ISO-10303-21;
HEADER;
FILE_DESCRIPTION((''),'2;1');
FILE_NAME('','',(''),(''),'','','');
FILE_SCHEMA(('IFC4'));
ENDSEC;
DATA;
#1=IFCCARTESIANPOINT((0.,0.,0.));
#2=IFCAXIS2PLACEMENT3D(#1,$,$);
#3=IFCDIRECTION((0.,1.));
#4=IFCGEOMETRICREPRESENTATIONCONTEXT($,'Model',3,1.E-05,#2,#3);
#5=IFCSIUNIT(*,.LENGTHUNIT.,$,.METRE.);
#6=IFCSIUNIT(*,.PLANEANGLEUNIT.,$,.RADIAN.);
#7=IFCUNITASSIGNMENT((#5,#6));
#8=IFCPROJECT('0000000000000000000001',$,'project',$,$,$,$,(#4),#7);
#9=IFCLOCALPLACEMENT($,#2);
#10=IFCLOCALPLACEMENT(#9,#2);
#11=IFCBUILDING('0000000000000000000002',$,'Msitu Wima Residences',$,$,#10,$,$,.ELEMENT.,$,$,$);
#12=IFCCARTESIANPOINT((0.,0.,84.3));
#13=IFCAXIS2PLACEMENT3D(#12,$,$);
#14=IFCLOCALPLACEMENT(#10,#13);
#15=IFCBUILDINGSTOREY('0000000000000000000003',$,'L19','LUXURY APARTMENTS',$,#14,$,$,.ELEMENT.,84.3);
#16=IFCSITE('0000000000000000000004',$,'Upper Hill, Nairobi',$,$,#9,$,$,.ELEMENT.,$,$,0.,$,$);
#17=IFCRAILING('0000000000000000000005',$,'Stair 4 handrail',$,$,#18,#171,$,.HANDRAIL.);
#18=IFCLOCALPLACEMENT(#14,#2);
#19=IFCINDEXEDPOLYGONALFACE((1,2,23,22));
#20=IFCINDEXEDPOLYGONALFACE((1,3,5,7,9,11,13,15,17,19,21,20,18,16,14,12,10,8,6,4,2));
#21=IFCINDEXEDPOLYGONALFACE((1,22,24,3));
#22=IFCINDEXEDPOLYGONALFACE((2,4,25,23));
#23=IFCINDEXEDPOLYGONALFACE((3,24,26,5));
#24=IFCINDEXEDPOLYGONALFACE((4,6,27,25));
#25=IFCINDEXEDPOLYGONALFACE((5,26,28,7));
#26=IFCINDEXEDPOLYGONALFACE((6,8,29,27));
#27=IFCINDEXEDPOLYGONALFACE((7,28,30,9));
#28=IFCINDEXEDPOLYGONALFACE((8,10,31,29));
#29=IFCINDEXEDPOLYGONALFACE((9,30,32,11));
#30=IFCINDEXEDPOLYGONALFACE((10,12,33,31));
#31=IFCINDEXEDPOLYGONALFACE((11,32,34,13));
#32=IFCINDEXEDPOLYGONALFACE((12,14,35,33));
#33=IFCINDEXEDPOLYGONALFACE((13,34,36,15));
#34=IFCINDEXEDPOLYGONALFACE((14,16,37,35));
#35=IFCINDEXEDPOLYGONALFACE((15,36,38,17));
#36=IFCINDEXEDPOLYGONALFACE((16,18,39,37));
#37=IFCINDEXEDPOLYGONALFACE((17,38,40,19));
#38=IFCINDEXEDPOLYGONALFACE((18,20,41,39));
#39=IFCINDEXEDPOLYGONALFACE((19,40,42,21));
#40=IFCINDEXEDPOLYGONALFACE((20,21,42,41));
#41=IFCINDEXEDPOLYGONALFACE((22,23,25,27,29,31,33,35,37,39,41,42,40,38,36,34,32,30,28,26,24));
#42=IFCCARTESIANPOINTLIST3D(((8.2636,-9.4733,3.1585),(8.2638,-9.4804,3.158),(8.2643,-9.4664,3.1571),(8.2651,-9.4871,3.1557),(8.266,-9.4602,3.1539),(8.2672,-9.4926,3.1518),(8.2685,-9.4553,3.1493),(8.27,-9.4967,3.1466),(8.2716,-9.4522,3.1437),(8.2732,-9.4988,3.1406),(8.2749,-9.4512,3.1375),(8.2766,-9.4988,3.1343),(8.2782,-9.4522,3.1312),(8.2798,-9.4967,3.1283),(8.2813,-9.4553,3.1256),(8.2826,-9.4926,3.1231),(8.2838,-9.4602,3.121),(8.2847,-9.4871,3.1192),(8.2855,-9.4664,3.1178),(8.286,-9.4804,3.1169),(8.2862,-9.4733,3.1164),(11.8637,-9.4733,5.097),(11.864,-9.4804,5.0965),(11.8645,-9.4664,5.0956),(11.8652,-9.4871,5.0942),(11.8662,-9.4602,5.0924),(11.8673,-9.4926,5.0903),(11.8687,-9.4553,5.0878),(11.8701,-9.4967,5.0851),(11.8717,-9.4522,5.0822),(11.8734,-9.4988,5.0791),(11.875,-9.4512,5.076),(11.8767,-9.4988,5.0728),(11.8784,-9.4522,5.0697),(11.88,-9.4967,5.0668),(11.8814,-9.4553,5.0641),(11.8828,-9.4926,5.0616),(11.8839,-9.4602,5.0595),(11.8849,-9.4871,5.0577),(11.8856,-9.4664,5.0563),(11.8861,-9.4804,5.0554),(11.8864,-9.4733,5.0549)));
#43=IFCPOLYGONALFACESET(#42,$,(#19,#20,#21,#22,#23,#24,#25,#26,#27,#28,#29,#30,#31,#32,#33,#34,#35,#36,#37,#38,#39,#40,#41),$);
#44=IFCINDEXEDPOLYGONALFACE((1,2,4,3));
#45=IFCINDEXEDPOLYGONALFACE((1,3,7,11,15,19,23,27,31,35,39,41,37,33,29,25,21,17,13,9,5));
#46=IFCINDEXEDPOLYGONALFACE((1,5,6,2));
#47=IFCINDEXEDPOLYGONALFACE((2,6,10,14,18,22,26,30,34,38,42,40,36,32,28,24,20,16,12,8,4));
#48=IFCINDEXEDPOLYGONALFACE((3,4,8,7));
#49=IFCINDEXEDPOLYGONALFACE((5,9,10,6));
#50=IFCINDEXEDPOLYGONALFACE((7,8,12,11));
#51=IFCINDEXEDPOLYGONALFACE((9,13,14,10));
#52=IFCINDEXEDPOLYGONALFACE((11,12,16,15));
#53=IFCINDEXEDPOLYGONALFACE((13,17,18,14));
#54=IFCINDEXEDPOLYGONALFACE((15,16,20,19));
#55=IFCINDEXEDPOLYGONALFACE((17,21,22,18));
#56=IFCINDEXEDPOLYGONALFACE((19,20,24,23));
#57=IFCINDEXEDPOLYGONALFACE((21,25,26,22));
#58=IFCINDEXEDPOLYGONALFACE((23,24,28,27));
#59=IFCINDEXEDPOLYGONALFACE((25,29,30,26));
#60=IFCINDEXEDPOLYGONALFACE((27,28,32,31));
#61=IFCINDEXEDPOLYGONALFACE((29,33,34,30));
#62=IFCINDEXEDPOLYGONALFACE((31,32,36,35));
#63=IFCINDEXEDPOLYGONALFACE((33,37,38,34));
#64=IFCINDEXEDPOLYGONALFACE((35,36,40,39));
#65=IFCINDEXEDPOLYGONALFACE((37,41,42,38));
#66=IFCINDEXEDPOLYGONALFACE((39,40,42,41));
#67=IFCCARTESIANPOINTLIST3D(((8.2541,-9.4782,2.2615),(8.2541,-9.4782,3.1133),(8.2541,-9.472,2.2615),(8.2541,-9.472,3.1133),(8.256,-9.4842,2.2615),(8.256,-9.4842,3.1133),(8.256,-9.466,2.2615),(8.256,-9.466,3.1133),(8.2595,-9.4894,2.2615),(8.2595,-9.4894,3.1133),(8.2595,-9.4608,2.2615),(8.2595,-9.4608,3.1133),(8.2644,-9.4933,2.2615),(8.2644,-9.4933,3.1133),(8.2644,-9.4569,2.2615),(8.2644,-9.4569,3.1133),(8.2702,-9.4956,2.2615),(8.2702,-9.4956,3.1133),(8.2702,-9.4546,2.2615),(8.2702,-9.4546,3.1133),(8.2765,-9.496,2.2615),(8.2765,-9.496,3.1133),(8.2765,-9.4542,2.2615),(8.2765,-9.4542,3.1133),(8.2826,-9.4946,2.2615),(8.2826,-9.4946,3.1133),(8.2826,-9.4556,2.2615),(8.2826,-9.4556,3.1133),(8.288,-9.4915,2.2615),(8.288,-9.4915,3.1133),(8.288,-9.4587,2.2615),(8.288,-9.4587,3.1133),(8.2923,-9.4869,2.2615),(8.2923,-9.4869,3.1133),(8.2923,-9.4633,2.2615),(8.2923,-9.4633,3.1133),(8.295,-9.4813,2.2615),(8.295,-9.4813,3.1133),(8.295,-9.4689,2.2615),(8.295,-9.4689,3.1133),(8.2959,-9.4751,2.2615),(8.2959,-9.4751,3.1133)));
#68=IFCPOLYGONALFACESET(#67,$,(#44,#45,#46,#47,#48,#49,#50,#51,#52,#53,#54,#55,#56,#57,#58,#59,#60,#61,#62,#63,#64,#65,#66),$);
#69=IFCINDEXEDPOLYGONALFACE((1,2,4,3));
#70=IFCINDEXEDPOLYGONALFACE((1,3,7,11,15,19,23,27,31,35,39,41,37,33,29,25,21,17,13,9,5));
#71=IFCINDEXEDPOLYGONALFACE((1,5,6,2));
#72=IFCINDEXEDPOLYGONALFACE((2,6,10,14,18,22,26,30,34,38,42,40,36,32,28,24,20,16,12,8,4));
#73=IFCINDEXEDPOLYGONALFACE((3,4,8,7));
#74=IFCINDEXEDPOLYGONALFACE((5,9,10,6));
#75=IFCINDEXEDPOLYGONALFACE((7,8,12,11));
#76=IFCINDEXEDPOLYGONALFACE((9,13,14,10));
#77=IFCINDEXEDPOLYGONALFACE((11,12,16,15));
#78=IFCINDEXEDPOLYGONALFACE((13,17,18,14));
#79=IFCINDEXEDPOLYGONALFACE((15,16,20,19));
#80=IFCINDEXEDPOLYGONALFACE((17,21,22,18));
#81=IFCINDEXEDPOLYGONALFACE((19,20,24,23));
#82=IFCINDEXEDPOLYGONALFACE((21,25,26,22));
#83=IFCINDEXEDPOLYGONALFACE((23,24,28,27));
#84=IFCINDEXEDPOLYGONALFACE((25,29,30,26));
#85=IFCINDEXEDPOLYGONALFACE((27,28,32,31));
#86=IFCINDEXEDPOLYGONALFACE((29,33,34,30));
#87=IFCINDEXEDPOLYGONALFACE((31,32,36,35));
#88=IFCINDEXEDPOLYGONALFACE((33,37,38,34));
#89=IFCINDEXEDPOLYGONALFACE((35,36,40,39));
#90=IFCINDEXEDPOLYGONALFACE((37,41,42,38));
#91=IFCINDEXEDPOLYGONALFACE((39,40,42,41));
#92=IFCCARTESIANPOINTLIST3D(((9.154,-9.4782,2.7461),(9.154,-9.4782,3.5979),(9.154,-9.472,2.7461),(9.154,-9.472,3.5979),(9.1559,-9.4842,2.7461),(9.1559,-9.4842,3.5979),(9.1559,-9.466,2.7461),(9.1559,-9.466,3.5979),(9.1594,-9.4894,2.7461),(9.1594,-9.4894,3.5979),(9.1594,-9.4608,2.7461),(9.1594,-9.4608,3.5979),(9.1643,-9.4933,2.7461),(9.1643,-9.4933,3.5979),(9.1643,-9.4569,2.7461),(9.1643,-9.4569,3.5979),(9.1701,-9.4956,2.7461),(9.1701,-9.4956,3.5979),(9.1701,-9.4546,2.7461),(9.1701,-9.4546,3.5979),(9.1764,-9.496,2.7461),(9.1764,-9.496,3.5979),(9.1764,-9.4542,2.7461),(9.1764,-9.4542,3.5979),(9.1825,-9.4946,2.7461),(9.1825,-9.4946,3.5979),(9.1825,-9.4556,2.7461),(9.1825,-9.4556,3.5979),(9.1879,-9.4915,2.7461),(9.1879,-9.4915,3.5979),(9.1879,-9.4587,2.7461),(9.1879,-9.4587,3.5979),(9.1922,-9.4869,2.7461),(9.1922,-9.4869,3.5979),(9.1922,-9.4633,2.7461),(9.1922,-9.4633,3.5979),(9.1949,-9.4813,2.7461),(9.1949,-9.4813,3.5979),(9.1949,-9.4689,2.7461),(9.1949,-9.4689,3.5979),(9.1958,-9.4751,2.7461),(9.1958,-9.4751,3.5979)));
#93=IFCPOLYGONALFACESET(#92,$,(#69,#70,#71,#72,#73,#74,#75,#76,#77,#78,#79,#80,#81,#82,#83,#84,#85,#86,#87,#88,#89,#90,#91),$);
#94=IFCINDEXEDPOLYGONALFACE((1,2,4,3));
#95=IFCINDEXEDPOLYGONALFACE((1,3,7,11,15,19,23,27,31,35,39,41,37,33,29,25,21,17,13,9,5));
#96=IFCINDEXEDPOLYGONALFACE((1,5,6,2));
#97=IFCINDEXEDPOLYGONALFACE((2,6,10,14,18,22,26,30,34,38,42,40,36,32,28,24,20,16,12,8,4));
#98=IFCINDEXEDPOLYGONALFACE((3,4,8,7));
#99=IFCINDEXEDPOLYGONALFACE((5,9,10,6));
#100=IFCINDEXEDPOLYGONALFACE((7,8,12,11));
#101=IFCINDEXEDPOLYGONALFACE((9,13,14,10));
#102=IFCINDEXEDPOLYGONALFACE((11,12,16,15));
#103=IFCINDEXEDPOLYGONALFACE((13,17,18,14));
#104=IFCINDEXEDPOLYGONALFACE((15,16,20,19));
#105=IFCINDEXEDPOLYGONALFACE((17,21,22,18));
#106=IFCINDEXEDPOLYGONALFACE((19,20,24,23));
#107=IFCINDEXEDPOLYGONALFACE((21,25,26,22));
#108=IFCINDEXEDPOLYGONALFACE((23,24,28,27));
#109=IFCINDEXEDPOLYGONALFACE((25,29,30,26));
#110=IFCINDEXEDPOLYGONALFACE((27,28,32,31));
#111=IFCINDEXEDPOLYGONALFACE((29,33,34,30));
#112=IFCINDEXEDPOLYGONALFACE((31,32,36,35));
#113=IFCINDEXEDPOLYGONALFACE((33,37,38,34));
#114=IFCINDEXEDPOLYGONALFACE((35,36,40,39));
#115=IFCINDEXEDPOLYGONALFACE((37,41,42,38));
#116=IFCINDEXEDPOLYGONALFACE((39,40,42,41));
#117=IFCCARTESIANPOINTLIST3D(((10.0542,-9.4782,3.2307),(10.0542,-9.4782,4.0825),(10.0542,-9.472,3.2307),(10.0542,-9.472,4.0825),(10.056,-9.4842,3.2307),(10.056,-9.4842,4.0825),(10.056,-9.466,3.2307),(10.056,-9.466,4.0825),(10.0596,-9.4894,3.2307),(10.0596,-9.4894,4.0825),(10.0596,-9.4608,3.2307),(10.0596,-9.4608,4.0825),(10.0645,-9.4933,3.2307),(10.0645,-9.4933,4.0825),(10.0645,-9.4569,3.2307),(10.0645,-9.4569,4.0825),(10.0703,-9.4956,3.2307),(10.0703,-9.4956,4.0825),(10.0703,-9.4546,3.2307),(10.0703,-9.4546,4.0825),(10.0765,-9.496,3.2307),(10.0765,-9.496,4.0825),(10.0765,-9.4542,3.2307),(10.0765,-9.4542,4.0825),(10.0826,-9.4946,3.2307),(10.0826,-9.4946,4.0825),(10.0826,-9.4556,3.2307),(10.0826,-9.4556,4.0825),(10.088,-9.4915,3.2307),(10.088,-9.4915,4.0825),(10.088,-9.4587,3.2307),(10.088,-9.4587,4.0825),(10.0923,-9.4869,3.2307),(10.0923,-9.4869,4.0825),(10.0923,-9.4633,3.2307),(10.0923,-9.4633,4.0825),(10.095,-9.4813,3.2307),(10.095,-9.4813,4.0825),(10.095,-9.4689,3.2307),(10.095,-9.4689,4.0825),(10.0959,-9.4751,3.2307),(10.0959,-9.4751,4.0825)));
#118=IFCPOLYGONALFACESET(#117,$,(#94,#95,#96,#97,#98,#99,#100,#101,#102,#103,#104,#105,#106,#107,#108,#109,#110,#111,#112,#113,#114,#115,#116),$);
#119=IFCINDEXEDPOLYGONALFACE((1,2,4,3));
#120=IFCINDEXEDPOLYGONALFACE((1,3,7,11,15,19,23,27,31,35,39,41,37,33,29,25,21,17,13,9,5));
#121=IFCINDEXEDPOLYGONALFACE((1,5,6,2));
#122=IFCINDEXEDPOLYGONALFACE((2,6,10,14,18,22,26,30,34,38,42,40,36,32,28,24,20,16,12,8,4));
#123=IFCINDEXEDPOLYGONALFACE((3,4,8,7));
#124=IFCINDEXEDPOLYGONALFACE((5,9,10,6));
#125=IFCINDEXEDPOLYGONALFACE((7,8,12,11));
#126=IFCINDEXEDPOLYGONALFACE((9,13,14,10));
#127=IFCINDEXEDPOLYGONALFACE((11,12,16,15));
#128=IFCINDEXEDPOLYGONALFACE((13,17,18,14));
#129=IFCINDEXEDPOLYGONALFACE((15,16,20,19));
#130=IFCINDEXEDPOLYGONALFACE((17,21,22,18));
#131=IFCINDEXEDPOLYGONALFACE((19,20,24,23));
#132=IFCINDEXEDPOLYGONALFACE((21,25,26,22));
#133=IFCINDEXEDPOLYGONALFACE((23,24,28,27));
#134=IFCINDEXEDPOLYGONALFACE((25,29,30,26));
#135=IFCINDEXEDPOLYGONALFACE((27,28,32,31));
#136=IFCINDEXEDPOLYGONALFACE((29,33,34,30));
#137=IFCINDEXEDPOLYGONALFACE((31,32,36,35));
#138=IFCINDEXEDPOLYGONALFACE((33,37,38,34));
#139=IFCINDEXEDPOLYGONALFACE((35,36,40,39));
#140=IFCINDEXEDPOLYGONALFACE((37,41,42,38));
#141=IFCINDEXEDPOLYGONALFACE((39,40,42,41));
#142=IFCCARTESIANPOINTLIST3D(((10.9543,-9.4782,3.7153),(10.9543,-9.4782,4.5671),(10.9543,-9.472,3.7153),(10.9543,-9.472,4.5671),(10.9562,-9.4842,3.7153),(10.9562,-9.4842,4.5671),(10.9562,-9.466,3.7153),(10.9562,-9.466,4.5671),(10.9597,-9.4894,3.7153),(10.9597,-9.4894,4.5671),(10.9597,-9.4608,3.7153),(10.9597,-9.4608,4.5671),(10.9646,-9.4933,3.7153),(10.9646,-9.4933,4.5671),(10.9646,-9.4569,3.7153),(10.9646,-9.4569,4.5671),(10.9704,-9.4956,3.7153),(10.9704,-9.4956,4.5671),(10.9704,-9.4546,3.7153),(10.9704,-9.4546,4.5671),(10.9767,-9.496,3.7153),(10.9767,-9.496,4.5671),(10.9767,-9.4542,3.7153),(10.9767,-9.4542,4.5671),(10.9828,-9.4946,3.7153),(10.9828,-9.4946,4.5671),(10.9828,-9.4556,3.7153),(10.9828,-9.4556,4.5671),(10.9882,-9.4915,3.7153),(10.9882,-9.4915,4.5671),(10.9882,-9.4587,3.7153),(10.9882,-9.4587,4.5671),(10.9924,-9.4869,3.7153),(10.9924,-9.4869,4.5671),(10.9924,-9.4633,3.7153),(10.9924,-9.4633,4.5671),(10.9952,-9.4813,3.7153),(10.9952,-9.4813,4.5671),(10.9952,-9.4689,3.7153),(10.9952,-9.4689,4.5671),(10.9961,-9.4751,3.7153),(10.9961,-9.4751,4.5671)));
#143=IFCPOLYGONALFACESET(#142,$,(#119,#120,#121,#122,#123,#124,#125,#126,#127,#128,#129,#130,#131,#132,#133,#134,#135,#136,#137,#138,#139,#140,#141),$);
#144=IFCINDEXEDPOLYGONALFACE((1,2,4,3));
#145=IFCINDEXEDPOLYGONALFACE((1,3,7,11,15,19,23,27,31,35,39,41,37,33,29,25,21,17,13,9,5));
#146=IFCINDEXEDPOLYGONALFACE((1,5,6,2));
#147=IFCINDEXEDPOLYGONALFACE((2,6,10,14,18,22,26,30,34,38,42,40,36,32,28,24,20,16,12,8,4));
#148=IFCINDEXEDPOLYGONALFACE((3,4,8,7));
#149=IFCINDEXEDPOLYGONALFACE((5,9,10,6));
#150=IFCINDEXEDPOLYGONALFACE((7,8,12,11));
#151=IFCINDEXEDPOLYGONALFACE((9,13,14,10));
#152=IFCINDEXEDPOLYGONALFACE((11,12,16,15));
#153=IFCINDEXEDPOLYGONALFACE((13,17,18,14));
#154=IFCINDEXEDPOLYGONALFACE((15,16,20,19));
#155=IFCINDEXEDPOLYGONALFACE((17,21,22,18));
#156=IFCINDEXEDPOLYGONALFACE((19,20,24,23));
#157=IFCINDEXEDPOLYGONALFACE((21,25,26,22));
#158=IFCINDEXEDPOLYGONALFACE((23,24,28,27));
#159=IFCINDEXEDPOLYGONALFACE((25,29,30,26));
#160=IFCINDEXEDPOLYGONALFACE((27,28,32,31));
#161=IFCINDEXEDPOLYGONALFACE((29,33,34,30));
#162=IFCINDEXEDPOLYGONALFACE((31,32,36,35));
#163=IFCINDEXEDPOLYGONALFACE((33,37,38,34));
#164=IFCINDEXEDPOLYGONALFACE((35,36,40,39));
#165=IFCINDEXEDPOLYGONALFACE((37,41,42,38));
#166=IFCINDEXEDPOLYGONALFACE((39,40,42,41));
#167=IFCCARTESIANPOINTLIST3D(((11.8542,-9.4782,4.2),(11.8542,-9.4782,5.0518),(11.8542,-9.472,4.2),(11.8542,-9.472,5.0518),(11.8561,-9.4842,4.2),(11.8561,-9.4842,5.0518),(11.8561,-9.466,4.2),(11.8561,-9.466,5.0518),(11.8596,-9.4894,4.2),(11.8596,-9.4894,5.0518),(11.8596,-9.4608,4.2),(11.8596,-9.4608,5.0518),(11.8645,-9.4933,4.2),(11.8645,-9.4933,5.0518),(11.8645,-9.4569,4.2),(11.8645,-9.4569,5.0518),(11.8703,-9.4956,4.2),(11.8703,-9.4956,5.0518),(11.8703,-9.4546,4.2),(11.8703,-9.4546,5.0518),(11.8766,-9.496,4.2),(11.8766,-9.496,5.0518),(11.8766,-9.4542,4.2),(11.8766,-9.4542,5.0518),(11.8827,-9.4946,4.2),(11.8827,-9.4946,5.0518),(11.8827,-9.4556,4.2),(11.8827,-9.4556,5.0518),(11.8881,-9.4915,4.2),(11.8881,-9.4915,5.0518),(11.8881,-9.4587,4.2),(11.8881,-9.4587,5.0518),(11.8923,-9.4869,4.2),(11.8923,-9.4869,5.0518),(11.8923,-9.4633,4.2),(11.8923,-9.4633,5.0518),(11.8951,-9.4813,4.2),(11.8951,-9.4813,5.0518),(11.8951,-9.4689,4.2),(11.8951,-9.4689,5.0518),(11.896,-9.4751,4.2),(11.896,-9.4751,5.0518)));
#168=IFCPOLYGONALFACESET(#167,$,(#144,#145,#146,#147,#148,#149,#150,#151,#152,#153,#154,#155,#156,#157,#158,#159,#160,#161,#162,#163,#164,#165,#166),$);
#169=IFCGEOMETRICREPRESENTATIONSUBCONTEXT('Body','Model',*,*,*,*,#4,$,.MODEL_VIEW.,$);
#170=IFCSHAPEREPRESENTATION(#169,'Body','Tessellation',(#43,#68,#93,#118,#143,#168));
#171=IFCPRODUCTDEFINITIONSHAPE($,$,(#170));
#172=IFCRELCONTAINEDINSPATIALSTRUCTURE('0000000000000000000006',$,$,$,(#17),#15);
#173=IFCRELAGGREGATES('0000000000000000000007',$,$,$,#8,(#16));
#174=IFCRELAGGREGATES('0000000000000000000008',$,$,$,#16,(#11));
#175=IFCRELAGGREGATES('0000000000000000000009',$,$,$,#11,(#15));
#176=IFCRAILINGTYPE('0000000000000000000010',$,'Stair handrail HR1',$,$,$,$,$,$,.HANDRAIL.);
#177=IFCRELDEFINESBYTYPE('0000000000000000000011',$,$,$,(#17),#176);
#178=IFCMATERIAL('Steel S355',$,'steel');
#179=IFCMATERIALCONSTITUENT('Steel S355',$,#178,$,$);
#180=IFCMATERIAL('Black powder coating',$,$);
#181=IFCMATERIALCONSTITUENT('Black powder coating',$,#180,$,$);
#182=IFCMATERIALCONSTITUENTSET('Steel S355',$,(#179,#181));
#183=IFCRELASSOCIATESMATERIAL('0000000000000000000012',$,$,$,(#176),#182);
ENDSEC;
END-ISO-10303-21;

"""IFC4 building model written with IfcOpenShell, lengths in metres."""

from ifc_helpers import new_model, si_unit, direction, frame, origin, origin_2d, place, context, subcontext, project, spatial, circle, extrude, material, constituent, constituent_set, type_object, element, save


model = new_model("IFC4")

# Units and contexts
model_context = context("Model", 3, precision=1e-05, world=origin(), true_north=direction((0.0, 1.0)))
body_context = subcontext(model_context, "Body", "Model", "MODEL_VIEW")
ifc_project = project(units=[si_unit("LENGTHUNIT", "METRE"), si_unit("PLANEANGLEUNIT", "RADIAN")], contexts=[model_context])

# Site, building, storey
site_placement = place(None, origin())
site = spatial("IfcSite", under=ifc_project, at=site_placement, Name="Upper Hill, Nairobi", CompositionType="ELEMENT", RefElevation=0.0)
building_placement = place(site_placement, origin())
building = spatial("IfcBuilding", under=site, at=building_placement, Name="Msitu Wima Residences", CompositionType="ELEMENT")
storey_placement = place(building_placement, frame((0.0, 0.0, 84.3)))
storey = spatial("IfcBuildingStorey", under=building, at=storey_placement, Name="L19", Description="LUXURY APARTMENTS", CompositionType="ELEMENT", Elevation=84.3)

# Railing
ifc_material_1 = material(Name="Steel S355", Category="steel")
ifc_constituent_1 = constituent(ifc_material_1, Name="Steel S355")
ifc_material_2 = material(Name="Black powder coating")
ifc_constituent_2 = constituent(ifc_material_2, Name="Black powder coating")
ifc_constituent_set = constituent_set(constituents=[ifc_constituent_1, ifc_constituent_2], Name="Steel S355")
railing_type = type_object("IfcRailingType", Name="Stair handrail HR1", PredefinedType="HANDRAIL", material=ifc_constituent_set)
for number, where, name in (
    (1, (8.2749, -9.4751, 2.2615), "Stair 4 handrail"),
):
    element("IfcRailing", number, at=place(storey_placement, frame(where)), inside=storey, type_object=railing_type, Name=name, PredefinedType="HANDRAIL", context=body_context, shape_type="SweptSolid", body=[
        extrude(circle(Radius=0.0239, at=origin_2d()), frame((0.0, 0.0, 0.876), z_axis=(0.880475, 0.0, 0.474093), x_axis=(0.0, 1.0, 0.0)), (0.0, 0.0, 1.0), 4.0889),
        extrude(circle(Radius=0.021, at=origin_2d()), origin(), (0.0, 0.0, 1.0), 0.8518),
        extrude(circle(Radius=0.021, at=origin_2d()), frame((0.8999, 0.0, 0.4846)), (0.0, 0.0, 1.0), 0.8518),
        extrude(circle(Radius=0.021, at=origin_2d()), frame((1.8, 0.0, 0.9692)), (0.0, 0.0, 1.0), 0.8518),
        extrude(circle(Radius=0.021, at=origin_2d()), frame((2.7002, 0.0, 1.4539)), (0.0, 0.0, 1.0), 0.8518),
        extrude(circle(Radius=0.021, at=origin_2d()), frame((3.6001, 0.0, 1.9385)), (0.0, 0.0, 1.0), 0.8518),
    ])

save(model, "model.ifc")
